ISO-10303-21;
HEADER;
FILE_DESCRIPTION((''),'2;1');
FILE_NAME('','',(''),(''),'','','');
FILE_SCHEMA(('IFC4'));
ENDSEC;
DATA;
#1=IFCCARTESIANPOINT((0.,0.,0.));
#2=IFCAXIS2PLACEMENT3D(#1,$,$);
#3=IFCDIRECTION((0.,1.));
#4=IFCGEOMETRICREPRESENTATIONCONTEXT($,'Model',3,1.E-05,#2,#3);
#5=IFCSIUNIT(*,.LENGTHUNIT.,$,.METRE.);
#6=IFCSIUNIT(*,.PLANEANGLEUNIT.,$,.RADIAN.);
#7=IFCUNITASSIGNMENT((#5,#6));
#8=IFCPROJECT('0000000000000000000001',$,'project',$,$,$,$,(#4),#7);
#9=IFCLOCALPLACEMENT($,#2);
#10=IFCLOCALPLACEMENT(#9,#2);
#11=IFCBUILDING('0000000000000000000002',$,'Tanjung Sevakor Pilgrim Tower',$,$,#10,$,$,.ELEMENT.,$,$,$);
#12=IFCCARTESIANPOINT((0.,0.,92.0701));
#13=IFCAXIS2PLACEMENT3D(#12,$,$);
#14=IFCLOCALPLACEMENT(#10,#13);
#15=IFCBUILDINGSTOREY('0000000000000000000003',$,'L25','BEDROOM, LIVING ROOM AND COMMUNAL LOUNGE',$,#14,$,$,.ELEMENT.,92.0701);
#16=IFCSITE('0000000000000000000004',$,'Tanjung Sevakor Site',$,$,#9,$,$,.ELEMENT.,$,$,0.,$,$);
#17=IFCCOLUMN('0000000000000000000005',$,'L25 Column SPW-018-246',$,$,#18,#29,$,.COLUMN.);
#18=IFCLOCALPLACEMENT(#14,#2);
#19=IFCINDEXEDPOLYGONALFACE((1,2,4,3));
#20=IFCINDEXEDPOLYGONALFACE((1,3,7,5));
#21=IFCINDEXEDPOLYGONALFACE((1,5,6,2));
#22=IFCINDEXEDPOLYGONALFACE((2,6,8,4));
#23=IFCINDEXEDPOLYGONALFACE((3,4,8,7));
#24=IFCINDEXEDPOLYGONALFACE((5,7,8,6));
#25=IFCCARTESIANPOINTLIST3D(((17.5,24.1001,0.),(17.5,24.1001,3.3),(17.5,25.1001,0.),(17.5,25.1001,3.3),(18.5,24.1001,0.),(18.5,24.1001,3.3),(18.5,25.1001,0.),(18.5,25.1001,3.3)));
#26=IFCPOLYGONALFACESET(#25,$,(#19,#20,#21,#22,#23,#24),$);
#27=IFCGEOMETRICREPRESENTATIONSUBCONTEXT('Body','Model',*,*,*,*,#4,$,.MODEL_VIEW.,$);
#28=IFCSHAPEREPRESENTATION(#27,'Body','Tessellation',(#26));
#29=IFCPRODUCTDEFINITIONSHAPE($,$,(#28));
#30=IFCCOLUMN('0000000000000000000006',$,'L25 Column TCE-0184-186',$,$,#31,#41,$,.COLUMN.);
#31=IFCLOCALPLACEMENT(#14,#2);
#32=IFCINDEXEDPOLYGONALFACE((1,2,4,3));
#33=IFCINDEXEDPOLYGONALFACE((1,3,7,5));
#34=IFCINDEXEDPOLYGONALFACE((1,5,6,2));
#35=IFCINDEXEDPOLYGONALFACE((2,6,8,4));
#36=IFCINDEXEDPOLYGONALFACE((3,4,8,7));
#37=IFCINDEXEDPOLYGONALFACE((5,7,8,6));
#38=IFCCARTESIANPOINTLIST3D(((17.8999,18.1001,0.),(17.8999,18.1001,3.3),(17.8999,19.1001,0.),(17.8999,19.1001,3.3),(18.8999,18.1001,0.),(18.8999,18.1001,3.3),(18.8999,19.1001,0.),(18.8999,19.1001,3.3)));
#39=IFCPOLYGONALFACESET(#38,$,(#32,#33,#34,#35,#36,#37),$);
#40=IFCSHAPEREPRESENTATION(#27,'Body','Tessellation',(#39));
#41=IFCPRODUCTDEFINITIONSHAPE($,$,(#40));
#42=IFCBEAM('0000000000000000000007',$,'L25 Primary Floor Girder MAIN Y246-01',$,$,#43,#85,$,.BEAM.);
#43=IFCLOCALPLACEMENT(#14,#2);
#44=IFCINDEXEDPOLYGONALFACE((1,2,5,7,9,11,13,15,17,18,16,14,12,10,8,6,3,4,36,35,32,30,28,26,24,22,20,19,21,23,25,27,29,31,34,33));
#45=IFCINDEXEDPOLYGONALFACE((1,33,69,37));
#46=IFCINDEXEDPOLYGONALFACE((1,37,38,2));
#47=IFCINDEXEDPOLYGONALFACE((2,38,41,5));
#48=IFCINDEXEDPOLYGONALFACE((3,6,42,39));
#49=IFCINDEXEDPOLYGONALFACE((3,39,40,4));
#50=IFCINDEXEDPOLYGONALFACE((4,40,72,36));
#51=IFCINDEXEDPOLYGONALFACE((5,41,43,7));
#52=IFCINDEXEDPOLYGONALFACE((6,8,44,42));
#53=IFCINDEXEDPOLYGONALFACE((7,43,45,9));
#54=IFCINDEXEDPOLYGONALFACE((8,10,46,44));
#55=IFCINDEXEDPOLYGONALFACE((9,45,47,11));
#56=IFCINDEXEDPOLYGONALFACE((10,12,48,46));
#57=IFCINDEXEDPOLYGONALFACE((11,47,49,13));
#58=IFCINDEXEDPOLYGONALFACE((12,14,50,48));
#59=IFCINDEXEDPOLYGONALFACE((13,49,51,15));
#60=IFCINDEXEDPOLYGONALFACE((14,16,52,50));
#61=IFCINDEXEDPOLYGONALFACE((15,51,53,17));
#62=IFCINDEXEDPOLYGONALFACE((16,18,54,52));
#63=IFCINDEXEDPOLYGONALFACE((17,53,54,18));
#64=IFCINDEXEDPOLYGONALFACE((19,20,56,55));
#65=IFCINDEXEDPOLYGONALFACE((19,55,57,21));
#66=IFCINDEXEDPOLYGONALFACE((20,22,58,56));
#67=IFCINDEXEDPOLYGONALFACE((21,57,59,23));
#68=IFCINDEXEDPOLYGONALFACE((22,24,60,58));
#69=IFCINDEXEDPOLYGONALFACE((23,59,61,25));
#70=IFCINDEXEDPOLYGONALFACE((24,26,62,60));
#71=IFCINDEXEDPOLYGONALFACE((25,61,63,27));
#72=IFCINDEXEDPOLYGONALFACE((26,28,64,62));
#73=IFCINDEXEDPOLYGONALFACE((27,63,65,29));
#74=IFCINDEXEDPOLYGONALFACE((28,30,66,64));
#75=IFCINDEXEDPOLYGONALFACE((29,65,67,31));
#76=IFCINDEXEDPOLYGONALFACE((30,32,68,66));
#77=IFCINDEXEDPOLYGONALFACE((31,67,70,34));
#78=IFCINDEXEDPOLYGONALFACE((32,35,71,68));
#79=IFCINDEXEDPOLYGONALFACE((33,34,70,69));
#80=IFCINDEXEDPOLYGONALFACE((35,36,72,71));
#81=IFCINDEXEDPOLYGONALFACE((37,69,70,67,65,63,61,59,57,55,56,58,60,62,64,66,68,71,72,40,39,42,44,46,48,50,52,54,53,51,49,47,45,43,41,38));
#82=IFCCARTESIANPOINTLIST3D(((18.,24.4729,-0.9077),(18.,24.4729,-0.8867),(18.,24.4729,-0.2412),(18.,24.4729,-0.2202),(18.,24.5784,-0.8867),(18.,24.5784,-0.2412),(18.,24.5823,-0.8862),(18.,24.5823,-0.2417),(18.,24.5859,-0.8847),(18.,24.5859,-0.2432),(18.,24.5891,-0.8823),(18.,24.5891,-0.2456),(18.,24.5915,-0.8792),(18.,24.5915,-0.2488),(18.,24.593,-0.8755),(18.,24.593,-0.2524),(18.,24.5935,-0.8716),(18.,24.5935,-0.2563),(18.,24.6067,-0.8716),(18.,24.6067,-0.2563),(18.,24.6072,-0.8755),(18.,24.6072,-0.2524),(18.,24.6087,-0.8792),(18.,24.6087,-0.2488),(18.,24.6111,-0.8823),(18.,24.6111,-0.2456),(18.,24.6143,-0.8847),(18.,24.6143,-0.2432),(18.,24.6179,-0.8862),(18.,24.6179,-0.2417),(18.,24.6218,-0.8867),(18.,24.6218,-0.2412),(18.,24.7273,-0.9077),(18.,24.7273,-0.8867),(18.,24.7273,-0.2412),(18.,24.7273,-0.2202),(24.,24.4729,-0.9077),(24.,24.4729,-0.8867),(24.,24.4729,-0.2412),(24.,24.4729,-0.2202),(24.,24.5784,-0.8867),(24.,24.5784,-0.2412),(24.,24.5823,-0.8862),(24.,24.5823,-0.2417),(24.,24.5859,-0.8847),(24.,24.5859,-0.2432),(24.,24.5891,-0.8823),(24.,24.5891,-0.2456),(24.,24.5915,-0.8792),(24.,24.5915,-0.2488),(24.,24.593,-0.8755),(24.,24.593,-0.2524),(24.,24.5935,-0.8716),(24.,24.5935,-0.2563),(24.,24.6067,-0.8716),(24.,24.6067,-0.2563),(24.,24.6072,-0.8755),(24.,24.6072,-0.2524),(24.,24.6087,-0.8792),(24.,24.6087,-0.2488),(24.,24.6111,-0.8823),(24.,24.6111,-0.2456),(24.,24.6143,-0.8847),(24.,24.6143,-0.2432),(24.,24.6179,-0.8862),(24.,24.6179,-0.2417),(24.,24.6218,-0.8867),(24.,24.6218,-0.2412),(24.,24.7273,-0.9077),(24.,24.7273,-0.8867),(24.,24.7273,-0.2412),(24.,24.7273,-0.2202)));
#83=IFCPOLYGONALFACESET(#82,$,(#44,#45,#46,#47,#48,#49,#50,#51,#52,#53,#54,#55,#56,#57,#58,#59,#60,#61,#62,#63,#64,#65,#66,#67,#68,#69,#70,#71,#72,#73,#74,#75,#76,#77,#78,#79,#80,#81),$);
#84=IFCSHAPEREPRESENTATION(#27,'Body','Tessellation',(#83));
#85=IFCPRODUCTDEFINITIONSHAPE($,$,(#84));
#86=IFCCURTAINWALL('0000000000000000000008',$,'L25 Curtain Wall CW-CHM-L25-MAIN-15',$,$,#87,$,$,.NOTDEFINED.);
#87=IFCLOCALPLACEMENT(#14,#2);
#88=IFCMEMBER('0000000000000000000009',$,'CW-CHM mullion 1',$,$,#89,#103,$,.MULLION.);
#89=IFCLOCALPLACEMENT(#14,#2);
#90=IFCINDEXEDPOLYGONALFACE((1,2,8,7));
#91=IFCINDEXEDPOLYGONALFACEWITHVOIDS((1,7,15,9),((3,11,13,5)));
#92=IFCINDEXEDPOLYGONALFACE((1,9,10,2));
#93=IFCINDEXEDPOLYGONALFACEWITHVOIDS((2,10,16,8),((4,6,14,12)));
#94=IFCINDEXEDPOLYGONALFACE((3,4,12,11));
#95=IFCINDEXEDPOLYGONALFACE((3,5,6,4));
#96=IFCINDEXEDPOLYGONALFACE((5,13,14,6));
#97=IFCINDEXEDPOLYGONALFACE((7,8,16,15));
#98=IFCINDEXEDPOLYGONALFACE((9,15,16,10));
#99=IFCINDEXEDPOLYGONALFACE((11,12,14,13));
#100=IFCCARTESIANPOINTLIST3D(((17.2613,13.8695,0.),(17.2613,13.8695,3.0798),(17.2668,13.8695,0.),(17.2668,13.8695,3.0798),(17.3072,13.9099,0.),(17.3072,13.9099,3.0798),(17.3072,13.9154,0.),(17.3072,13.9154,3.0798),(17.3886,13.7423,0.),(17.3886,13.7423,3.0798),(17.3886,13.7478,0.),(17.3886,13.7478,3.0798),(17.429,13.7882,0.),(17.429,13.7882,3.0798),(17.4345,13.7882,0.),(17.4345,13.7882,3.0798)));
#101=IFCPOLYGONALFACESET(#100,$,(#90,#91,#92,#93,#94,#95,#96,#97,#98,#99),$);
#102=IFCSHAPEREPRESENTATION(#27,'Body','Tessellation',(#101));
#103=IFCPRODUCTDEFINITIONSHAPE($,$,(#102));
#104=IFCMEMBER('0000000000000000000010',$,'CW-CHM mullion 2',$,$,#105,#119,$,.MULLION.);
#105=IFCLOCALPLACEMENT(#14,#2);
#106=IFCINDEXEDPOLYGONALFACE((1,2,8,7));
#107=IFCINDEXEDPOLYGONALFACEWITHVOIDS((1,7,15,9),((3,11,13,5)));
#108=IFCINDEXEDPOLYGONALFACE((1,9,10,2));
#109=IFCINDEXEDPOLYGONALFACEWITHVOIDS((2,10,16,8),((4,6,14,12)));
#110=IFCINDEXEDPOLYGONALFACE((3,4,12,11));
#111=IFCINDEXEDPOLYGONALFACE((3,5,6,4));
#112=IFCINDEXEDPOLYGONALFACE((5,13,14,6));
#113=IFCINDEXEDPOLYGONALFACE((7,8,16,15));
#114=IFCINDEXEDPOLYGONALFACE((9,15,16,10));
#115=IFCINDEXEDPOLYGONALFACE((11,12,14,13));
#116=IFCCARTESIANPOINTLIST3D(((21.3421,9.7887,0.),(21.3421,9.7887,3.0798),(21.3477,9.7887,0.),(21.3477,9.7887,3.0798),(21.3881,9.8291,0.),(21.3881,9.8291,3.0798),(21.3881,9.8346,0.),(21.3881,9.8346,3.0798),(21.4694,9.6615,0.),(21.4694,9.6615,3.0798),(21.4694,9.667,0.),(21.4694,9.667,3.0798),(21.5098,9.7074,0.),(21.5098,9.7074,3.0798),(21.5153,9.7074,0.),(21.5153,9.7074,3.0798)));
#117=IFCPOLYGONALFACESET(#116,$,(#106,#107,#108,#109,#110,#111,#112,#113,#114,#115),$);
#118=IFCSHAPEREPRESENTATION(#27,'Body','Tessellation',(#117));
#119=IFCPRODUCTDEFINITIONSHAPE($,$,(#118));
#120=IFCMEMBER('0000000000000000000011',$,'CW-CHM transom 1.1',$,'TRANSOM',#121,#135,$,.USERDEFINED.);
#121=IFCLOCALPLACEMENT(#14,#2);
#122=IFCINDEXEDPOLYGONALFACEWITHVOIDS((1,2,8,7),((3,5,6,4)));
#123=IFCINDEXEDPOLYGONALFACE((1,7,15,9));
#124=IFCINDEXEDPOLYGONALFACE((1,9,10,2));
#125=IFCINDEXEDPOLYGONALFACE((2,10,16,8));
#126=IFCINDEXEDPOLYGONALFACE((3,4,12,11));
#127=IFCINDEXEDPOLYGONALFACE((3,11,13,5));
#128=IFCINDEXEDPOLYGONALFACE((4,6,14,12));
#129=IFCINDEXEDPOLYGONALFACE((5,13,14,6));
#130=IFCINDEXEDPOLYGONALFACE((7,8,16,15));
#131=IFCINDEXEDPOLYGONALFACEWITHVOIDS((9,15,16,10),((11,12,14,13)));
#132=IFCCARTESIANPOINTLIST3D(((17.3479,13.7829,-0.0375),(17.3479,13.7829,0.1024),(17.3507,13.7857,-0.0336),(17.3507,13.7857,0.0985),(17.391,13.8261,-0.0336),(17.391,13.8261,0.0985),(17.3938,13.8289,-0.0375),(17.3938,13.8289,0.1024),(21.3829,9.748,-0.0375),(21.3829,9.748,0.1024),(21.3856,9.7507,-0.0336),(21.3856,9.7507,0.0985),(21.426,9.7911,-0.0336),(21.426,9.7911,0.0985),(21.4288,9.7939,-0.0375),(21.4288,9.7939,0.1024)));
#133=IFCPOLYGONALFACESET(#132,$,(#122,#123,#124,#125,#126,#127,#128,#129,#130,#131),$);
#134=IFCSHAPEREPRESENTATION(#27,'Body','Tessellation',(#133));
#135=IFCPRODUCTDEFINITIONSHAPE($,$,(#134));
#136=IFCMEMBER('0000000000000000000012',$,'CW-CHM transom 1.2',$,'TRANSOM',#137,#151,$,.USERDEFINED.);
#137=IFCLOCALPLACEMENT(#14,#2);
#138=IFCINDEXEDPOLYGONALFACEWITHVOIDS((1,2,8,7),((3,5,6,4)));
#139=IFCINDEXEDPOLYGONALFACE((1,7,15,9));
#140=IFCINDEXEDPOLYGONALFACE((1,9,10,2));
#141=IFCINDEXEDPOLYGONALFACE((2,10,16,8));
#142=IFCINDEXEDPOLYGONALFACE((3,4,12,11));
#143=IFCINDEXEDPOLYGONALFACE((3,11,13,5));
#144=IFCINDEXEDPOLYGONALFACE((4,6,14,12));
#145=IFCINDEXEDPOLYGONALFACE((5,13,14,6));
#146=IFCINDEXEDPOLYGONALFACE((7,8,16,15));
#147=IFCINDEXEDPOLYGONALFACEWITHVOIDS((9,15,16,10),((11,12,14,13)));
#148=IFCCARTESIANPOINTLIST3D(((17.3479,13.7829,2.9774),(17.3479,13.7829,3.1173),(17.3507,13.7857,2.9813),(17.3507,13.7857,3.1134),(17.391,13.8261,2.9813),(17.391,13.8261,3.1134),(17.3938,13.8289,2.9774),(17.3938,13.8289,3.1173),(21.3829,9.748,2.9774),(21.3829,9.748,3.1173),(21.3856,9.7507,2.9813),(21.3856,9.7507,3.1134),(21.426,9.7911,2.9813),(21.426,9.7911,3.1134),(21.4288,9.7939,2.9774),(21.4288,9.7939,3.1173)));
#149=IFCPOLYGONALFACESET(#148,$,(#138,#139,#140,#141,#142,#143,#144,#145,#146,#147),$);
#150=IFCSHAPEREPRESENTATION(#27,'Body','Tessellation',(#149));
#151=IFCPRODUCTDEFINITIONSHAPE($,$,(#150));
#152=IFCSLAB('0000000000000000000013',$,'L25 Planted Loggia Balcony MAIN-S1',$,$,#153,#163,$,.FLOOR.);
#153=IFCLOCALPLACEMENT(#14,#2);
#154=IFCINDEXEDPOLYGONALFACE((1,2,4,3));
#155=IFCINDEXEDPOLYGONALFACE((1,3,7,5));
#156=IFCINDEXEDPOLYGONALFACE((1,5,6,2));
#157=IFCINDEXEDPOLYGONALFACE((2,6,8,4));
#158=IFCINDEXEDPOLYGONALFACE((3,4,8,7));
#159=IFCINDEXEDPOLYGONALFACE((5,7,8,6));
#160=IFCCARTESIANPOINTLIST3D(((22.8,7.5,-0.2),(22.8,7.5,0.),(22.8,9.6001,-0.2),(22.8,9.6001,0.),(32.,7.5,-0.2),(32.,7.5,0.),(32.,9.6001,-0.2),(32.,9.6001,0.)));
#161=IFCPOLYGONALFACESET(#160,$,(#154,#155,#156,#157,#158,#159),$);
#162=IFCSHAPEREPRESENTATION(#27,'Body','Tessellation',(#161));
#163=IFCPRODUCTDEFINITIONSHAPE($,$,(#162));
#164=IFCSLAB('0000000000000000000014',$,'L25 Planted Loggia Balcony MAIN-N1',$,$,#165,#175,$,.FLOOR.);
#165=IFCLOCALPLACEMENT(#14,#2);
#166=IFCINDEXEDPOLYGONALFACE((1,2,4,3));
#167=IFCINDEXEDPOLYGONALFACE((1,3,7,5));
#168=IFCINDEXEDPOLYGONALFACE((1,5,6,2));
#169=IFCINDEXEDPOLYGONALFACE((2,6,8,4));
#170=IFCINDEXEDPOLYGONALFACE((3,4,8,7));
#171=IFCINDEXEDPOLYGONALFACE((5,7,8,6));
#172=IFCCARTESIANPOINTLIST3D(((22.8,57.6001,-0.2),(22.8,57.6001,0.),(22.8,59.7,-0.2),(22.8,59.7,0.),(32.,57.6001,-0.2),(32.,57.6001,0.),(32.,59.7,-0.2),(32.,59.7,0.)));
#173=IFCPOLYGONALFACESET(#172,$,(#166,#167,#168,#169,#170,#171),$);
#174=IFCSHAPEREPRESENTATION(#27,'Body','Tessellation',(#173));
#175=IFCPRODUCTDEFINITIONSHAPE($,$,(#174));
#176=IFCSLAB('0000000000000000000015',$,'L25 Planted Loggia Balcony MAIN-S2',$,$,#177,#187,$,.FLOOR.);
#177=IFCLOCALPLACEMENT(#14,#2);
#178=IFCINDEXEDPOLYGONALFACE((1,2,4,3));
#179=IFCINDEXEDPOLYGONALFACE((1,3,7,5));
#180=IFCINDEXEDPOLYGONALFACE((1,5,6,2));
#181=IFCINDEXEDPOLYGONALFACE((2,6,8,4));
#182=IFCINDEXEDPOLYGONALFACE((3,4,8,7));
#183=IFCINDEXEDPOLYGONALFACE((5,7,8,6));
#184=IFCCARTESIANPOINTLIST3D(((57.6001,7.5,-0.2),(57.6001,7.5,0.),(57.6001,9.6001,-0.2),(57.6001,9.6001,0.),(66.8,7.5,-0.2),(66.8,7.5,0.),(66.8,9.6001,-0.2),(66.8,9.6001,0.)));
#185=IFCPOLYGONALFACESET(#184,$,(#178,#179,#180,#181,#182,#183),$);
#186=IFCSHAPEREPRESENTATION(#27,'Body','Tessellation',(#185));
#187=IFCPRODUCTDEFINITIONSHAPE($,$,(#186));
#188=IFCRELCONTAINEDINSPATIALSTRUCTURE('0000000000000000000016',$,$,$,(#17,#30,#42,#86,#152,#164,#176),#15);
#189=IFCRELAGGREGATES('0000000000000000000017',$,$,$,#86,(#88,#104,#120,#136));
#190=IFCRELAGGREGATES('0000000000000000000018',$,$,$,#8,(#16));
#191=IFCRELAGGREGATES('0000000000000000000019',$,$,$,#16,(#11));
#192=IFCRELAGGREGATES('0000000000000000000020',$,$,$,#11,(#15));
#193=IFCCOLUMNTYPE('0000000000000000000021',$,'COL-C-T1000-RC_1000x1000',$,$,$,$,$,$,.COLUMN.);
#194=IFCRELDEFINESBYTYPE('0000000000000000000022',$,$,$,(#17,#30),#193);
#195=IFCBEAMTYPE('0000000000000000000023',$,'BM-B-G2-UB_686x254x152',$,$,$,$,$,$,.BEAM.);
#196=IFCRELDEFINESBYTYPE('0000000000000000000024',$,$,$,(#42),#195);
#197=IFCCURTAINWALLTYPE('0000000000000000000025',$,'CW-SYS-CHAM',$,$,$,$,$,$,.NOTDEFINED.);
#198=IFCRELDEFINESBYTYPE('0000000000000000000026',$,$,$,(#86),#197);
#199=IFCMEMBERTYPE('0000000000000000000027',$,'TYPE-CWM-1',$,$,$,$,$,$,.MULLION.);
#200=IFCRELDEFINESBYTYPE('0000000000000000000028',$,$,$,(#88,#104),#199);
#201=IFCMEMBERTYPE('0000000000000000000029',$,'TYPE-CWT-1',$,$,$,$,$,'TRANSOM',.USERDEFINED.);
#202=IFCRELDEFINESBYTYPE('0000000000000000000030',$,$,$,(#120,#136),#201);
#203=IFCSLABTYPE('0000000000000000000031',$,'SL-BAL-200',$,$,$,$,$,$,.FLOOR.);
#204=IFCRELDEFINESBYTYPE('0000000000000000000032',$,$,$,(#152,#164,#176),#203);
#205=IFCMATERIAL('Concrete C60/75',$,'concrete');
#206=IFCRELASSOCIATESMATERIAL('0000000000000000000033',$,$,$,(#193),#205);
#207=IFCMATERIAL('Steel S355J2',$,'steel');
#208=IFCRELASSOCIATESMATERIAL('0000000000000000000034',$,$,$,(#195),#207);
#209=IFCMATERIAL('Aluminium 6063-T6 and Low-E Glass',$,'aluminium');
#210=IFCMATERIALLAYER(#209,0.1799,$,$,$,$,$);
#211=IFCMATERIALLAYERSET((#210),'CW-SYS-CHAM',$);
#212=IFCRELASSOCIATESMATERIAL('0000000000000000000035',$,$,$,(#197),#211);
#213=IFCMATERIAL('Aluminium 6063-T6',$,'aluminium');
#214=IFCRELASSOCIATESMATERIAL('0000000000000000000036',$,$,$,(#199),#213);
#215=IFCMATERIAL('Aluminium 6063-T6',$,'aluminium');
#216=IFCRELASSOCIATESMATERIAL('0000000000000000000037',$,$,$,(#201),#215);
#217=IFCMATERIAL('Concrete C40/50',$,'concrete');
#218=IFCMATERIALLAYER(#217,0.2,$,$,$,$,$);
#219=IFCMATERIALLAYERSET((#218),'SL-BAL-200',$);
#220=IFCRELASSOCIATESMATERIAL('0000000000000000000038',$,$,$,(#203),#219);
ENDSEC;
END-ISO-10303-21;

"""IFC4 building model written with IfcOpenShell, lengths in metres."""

from ifc_helpers import new_model, si_unit, direction, frame, origin, origin_2d, place, context, subcontext, project, spatial, polyline, rectangle, hollow_rectangle, i_section, outline, extrude, material, layer, layer_set, material_profile, profile_set, type_object, element, aggregate, save


model = new_model("IFC4")

# Units and contexts
model_context = context("Model", 3, precision=1e-05, world=origin(), true_north=direction((0.0, 1.0)))
body_context = subcontext(model_context, "Body", "Model", "MODEL_VIEW")
ifc_project = project(units=[si_unit("LENGTHUNIT", "METRE"), si_unit("PLANEANGLEUNIT", "RADIAN")], contexts=[model_context])

# Site, building, storey
site_placement = place(None, origin())
site = spatial("IfcSite", under=ifc_project, at=site_placement, Name="Tanjung Sevakor Site", CompositionType="ELEMENT", RefElevation=0.0)
building_placement = place(site_placement, origin())
building = spatial("IfcBuilding", under=site, at=building_placement, Name="Tanjung Sevakor Pilgrim Tower", CompositionType="ELEMENT")
storey_placement = place(building_placement, frame((0.0, 0.0, 92.0701)))
storey = spatial("IfcBuildingStorey", under=building, at=storey_placement, Name="L25", Description="BEDROOM, LIVING ROOM AND COMMUNAL LOUNGE", CompositionType="ELEMENT", Elevation=92.0701)

# Columns
ifc_material_1 = material(Name="Concrete C60/75", Category="concrete")
ifc_material_profile_1 = material_profile(ifc_material_1, rectangle(XDim=1.0, YDim=1.0, at=origin_2d()))
ifc_profile_set_1 = profile_set([ifc_material_profile_1], Name="Concrete C60/75")
column_type = type_object("IfcColumnType", Name="COL-C-T1000-RC_1000x1000", PredefinedType="COLUMN", material=ifc_profile_set_1)
for number, where, z_axis, x_axis, name in (
    (1, (18.0, 24.6001, 0.0), (0.0, 0.0, 1.0), (1.0, 0.0, 0.0), "L25 Column SPW-018-246"),
    (2, (18.3999, 18.6001, 0.0), (0.0, 0.0, 1.0), (1.0, 0.0, 0.0), "L25 Column TCE-0184-186"),
):
    element("IfcColumn", number, at=place(storey_placement, frame(where, z_axis=z_axis, x_axis=x_axis)), inside=storey, type_object=column_type, Name=name, PredefinedType="COLUMN", context=body_context, shape_type="SweptSolid", body=[
        extrude(rectangle(XDim=1.0, YDim=1.0, at=origin_2d()), origin(), (0.0, 0.0, 1.0), 3.3),
    ])

# Beam
ifc_material_2 = material(Name="Steel S355J2", Category="steel")
ifc_material_profile_2 = material_profile(ifc_material_2, i_section(OverallWidth=0.2544, OverallDepth=0.6875, WebThickness=0.0132, FlangeThickness=0.021, FilletRadius=0.0151, at=origin_2d()))
ifc_profile_set_2 = profile_set([ifc_material_profile_2], Name="Steel S355J2")
beam_type = type_object("IfcBeamType", Name="BM-B-G2-UB_686x254x152", PredefinedType="BEAM", material=ifc_profile_set_2)
beam_placement = place(storey_placement, frame((18.0, 24.6001, -0.564), z_axis=(1.0, 0.0, 0.0), x_axis=(0.0, 1.0, 0.0)))
element("IfcBeam", 3, at=beam_placement, inside=storey, type_object=beam_type, Name="L25 Primary Floor Girder MAIN Y246-01", PredefinedType="BEAM", context=body_context, shape_type="SweptSolid", body=[
    extrude(i_section(OverallWidth=0.2544, OverallDepth=0.6875, WebThickness=0.0132, FlangeThickness=0.021, FilletRadius=0.0151, at=origin_2d()), origin(), (0.0, 0.0, 1.0), 6.0),
])

# Curtain wall, members
ifc_material_3 = material(Name="Aluminium 6063-T6 and Low-E Glass", Category="aluminium")
ifc_layer_1 = layer(ifc_material_3, 0.1799)
ifc_layer_set_1 = layer_set([ifc_layer_1], Name="CW-SYS-CHAM")
curtain_wall_type = type_object("IfcCurtainWallType", Name="CW-SYS-CHAM", PredefinedType="NOTDEFINED", material=ifc_layer_set_1)
curtain_wall_placement = place(storey_placement, origin())
curtain_wall = element("IfcCurtainWall", 4, at=curtain_wall_placement, inside=storey, type_object=curtain_wall_type, Name="L25 Curtain Wall CW-CHM-L25-MAIN-15", PredefinedType="NOTDEFINED")
ifc_material_4 = material(Name="Aluminium 6063-T6", Category="aluminium")
ifc_material_profile_3 = material_profile(ifc_material_4, hollow_rectangle(XDim=0.0649, YDim=0.1799, WallThickness=0.0039, at=origin_2d()))
ifc_profile_set_3 = profile_set([ifc_material_profile_3], Name="Aluminium 6063-T6")
member_type_1 = type_object("IfcMemberType", Name="TYPE-CWM-1", PredefinedType="MULLION", material=ifc_profile_set_3)
member_1_placement = place(storey_placement, frame((17.3479, 13.8289, 0.0), z_axis=(0.0, 0.0, 1.0), x_axis=(0.707107, 0.707107, 0.0)))
member_1 = element("IfcMember", 5, at=member_1_placement, type_object=member_type_1, Name="CW-CHM mullion 1", PredefinedType="MULLION", context=body_context, shape_type="SweptSolid", body=[
    extrude(hollow_rectangle(XDim=0.0649, YDim=0.1799, WallThickness=0.0039, at=origin_2d()), origin(), (0.0, 0.0, 1.0), 3.0798),
])
member_2_placement = place(storey_placement, frame((21.4287, 9.748, 0.0), z_axis=(0.0, 0.0, 1.0), x_axis=(0.707107, 0.707107, 0.0)))
member_2 = element("IfcMember", 6, at=member_2_placement, type_object=member_type_1, Name="CW-CHM mullion 2", PredefinedType="MULLION", context=body_context, shape_type="SweptSolid", body=[
    extrude(hollow_rectangle(XDim=0.0649, YDim=0.1799, WallThickness=0.0039, at=origin_2d()), origin(), (0.0, 0.0, 1.0), 3.0798),
])
ifc_material_5 = material(Name="Aluminium 6063-T6", Category="aluminium")
ifc_material_profile_4 = material_profile(ifc_material_5, hollow_rectangle(XDim=0.0649, YDim=0.1399, WallThickness=0.0039, at=origin_2d()))
ifc_profile_set_4 = profile_set([ifc_material_profile_4], Name="Aluminium 6063-T6")
member_type_2 = type_object("IfcMemberType", Name="TYPE-CWT-1", ElementType="TRANSOM", PredefinedType="USERDEFINED", material=ifc_profile_set_4)
member_3_placement = place(storey_placement, frame((17.3708, 13.8059, 0.0325), z_axis=(0.707107, -0.707107, 0.0), x_axis=(0.707107, 0.707107, 0.0)))
member_3 = element("IfcMember", 7, at=member_3_placement, type_object=member_type_2, Name="CW-CHM transom 1.1", ObjectType="TRANSOM", PredefinedType="USERDEFINED", context=body_context, shape_type="SweptSolid", body=[
    extrude(hollow_rectangle(XDim=0.0649, YDim=0.1399, WallThickness=0.0039, at=origin_2d()), origin(), (0.0, 0.0, 1.0), 5.7063),
])
member_4_placement = place(storey_placement, frame((17.3708, 13.8059, 3.0474), z_axis=(0.707107, -0.707107, 0.0), x_axis=(0.707107, 0.707107, 0.0)))
member_4 = element("IfcMember", 8, at=member_4_placement, type_object=member_type_2, Name="CW-CHM transom 1.2", ObjectType="TRANSOM", PredefinedType="USERDEFINED", context=body_context, shape_type="SweptSolid", body=[
    extrude(hollow_rectangle(XDim=0.0649, YDim=0.1399, WallThickness=0.0039, at=origin_2d()), origin(), (0.0, 0.0, 1.0), 5.7063),
])

# Slabs
ifc_material_6 = material(Name="Concrete C40/50", Category="concrete")
ifc_layer_2 = layer(ifc_material_6, 0.2)
ifc_layer_set_2 = layer_set([ifc_layer_2], Name="SL-BAL-200")
slab_type_1 = type_object("IfcSlabType", Name="SL-BAL-200", PredefinedType="FLOOR", material=ifc_layer_set_2)
slab_1_placement = place(storey_placement, frame((0.0, 0.0, -0.2)))
element("IfcSlab", 9, at=slab_1_placement, inside=storey, type_object=slab_type_1, Name="L25 Planted Loggia Balcony MAIN-S1", PredefinedType="FLOOR", context=body_context, shape_type="SweptSolid", body=[
    extrude(outline(polyline([(22.8, 7.5), (32.0, 7.5), (32.0, 9.6001), (22.8, 9.6001), (22.8, 7.5)])), origin(), (0.0, 0.0, 1.0), 0.2),
])
slab_2_placement = place(storey_placement, frame((0.0, 0.0, -0.2)))
element("IfcSlab", 10, at=slab_2_placement, inside=storey, type_object=slab_type_1, Name="L25 Planted Loggia Balcony MAIN-N1", PredefinedType="FLOOR", context=body_context, shape_type="SweptSolid", body=[
    extrude(outline(polyline([(22.8, 57.6001), (32.0, 57.6001), (32.0, 59.7), (22.8, 59.7), (22.8, 57.6001)])), origin(), (0.0, 0.0, 1.0), 0.2),
])
slab_3_placement = place(storey_placement, frame((0.0, 0.0, -0.2)))
element("IfcSlab", 11, at=slab_3_placement, inside=storey, type_object=slab_type_1, Name="L25 Planted Loggia Balcony MAIN-S2", PredefinedType="FLOOR", context=body_context, shape_type="SweptSolid", body=[
    extrude(outline(polyline([(57.6001, 7.5), (66.8, 7.5), (66.8, 9.6001), (57.6001, 9.6001), (57.6001, 7.5)])), origin(), (0.0, 0.0, 1.0), 0.2),
])

aggregate(curtain_wall, [member_1, member_2, member_3, member_4])

save(model, "model.ifc")
